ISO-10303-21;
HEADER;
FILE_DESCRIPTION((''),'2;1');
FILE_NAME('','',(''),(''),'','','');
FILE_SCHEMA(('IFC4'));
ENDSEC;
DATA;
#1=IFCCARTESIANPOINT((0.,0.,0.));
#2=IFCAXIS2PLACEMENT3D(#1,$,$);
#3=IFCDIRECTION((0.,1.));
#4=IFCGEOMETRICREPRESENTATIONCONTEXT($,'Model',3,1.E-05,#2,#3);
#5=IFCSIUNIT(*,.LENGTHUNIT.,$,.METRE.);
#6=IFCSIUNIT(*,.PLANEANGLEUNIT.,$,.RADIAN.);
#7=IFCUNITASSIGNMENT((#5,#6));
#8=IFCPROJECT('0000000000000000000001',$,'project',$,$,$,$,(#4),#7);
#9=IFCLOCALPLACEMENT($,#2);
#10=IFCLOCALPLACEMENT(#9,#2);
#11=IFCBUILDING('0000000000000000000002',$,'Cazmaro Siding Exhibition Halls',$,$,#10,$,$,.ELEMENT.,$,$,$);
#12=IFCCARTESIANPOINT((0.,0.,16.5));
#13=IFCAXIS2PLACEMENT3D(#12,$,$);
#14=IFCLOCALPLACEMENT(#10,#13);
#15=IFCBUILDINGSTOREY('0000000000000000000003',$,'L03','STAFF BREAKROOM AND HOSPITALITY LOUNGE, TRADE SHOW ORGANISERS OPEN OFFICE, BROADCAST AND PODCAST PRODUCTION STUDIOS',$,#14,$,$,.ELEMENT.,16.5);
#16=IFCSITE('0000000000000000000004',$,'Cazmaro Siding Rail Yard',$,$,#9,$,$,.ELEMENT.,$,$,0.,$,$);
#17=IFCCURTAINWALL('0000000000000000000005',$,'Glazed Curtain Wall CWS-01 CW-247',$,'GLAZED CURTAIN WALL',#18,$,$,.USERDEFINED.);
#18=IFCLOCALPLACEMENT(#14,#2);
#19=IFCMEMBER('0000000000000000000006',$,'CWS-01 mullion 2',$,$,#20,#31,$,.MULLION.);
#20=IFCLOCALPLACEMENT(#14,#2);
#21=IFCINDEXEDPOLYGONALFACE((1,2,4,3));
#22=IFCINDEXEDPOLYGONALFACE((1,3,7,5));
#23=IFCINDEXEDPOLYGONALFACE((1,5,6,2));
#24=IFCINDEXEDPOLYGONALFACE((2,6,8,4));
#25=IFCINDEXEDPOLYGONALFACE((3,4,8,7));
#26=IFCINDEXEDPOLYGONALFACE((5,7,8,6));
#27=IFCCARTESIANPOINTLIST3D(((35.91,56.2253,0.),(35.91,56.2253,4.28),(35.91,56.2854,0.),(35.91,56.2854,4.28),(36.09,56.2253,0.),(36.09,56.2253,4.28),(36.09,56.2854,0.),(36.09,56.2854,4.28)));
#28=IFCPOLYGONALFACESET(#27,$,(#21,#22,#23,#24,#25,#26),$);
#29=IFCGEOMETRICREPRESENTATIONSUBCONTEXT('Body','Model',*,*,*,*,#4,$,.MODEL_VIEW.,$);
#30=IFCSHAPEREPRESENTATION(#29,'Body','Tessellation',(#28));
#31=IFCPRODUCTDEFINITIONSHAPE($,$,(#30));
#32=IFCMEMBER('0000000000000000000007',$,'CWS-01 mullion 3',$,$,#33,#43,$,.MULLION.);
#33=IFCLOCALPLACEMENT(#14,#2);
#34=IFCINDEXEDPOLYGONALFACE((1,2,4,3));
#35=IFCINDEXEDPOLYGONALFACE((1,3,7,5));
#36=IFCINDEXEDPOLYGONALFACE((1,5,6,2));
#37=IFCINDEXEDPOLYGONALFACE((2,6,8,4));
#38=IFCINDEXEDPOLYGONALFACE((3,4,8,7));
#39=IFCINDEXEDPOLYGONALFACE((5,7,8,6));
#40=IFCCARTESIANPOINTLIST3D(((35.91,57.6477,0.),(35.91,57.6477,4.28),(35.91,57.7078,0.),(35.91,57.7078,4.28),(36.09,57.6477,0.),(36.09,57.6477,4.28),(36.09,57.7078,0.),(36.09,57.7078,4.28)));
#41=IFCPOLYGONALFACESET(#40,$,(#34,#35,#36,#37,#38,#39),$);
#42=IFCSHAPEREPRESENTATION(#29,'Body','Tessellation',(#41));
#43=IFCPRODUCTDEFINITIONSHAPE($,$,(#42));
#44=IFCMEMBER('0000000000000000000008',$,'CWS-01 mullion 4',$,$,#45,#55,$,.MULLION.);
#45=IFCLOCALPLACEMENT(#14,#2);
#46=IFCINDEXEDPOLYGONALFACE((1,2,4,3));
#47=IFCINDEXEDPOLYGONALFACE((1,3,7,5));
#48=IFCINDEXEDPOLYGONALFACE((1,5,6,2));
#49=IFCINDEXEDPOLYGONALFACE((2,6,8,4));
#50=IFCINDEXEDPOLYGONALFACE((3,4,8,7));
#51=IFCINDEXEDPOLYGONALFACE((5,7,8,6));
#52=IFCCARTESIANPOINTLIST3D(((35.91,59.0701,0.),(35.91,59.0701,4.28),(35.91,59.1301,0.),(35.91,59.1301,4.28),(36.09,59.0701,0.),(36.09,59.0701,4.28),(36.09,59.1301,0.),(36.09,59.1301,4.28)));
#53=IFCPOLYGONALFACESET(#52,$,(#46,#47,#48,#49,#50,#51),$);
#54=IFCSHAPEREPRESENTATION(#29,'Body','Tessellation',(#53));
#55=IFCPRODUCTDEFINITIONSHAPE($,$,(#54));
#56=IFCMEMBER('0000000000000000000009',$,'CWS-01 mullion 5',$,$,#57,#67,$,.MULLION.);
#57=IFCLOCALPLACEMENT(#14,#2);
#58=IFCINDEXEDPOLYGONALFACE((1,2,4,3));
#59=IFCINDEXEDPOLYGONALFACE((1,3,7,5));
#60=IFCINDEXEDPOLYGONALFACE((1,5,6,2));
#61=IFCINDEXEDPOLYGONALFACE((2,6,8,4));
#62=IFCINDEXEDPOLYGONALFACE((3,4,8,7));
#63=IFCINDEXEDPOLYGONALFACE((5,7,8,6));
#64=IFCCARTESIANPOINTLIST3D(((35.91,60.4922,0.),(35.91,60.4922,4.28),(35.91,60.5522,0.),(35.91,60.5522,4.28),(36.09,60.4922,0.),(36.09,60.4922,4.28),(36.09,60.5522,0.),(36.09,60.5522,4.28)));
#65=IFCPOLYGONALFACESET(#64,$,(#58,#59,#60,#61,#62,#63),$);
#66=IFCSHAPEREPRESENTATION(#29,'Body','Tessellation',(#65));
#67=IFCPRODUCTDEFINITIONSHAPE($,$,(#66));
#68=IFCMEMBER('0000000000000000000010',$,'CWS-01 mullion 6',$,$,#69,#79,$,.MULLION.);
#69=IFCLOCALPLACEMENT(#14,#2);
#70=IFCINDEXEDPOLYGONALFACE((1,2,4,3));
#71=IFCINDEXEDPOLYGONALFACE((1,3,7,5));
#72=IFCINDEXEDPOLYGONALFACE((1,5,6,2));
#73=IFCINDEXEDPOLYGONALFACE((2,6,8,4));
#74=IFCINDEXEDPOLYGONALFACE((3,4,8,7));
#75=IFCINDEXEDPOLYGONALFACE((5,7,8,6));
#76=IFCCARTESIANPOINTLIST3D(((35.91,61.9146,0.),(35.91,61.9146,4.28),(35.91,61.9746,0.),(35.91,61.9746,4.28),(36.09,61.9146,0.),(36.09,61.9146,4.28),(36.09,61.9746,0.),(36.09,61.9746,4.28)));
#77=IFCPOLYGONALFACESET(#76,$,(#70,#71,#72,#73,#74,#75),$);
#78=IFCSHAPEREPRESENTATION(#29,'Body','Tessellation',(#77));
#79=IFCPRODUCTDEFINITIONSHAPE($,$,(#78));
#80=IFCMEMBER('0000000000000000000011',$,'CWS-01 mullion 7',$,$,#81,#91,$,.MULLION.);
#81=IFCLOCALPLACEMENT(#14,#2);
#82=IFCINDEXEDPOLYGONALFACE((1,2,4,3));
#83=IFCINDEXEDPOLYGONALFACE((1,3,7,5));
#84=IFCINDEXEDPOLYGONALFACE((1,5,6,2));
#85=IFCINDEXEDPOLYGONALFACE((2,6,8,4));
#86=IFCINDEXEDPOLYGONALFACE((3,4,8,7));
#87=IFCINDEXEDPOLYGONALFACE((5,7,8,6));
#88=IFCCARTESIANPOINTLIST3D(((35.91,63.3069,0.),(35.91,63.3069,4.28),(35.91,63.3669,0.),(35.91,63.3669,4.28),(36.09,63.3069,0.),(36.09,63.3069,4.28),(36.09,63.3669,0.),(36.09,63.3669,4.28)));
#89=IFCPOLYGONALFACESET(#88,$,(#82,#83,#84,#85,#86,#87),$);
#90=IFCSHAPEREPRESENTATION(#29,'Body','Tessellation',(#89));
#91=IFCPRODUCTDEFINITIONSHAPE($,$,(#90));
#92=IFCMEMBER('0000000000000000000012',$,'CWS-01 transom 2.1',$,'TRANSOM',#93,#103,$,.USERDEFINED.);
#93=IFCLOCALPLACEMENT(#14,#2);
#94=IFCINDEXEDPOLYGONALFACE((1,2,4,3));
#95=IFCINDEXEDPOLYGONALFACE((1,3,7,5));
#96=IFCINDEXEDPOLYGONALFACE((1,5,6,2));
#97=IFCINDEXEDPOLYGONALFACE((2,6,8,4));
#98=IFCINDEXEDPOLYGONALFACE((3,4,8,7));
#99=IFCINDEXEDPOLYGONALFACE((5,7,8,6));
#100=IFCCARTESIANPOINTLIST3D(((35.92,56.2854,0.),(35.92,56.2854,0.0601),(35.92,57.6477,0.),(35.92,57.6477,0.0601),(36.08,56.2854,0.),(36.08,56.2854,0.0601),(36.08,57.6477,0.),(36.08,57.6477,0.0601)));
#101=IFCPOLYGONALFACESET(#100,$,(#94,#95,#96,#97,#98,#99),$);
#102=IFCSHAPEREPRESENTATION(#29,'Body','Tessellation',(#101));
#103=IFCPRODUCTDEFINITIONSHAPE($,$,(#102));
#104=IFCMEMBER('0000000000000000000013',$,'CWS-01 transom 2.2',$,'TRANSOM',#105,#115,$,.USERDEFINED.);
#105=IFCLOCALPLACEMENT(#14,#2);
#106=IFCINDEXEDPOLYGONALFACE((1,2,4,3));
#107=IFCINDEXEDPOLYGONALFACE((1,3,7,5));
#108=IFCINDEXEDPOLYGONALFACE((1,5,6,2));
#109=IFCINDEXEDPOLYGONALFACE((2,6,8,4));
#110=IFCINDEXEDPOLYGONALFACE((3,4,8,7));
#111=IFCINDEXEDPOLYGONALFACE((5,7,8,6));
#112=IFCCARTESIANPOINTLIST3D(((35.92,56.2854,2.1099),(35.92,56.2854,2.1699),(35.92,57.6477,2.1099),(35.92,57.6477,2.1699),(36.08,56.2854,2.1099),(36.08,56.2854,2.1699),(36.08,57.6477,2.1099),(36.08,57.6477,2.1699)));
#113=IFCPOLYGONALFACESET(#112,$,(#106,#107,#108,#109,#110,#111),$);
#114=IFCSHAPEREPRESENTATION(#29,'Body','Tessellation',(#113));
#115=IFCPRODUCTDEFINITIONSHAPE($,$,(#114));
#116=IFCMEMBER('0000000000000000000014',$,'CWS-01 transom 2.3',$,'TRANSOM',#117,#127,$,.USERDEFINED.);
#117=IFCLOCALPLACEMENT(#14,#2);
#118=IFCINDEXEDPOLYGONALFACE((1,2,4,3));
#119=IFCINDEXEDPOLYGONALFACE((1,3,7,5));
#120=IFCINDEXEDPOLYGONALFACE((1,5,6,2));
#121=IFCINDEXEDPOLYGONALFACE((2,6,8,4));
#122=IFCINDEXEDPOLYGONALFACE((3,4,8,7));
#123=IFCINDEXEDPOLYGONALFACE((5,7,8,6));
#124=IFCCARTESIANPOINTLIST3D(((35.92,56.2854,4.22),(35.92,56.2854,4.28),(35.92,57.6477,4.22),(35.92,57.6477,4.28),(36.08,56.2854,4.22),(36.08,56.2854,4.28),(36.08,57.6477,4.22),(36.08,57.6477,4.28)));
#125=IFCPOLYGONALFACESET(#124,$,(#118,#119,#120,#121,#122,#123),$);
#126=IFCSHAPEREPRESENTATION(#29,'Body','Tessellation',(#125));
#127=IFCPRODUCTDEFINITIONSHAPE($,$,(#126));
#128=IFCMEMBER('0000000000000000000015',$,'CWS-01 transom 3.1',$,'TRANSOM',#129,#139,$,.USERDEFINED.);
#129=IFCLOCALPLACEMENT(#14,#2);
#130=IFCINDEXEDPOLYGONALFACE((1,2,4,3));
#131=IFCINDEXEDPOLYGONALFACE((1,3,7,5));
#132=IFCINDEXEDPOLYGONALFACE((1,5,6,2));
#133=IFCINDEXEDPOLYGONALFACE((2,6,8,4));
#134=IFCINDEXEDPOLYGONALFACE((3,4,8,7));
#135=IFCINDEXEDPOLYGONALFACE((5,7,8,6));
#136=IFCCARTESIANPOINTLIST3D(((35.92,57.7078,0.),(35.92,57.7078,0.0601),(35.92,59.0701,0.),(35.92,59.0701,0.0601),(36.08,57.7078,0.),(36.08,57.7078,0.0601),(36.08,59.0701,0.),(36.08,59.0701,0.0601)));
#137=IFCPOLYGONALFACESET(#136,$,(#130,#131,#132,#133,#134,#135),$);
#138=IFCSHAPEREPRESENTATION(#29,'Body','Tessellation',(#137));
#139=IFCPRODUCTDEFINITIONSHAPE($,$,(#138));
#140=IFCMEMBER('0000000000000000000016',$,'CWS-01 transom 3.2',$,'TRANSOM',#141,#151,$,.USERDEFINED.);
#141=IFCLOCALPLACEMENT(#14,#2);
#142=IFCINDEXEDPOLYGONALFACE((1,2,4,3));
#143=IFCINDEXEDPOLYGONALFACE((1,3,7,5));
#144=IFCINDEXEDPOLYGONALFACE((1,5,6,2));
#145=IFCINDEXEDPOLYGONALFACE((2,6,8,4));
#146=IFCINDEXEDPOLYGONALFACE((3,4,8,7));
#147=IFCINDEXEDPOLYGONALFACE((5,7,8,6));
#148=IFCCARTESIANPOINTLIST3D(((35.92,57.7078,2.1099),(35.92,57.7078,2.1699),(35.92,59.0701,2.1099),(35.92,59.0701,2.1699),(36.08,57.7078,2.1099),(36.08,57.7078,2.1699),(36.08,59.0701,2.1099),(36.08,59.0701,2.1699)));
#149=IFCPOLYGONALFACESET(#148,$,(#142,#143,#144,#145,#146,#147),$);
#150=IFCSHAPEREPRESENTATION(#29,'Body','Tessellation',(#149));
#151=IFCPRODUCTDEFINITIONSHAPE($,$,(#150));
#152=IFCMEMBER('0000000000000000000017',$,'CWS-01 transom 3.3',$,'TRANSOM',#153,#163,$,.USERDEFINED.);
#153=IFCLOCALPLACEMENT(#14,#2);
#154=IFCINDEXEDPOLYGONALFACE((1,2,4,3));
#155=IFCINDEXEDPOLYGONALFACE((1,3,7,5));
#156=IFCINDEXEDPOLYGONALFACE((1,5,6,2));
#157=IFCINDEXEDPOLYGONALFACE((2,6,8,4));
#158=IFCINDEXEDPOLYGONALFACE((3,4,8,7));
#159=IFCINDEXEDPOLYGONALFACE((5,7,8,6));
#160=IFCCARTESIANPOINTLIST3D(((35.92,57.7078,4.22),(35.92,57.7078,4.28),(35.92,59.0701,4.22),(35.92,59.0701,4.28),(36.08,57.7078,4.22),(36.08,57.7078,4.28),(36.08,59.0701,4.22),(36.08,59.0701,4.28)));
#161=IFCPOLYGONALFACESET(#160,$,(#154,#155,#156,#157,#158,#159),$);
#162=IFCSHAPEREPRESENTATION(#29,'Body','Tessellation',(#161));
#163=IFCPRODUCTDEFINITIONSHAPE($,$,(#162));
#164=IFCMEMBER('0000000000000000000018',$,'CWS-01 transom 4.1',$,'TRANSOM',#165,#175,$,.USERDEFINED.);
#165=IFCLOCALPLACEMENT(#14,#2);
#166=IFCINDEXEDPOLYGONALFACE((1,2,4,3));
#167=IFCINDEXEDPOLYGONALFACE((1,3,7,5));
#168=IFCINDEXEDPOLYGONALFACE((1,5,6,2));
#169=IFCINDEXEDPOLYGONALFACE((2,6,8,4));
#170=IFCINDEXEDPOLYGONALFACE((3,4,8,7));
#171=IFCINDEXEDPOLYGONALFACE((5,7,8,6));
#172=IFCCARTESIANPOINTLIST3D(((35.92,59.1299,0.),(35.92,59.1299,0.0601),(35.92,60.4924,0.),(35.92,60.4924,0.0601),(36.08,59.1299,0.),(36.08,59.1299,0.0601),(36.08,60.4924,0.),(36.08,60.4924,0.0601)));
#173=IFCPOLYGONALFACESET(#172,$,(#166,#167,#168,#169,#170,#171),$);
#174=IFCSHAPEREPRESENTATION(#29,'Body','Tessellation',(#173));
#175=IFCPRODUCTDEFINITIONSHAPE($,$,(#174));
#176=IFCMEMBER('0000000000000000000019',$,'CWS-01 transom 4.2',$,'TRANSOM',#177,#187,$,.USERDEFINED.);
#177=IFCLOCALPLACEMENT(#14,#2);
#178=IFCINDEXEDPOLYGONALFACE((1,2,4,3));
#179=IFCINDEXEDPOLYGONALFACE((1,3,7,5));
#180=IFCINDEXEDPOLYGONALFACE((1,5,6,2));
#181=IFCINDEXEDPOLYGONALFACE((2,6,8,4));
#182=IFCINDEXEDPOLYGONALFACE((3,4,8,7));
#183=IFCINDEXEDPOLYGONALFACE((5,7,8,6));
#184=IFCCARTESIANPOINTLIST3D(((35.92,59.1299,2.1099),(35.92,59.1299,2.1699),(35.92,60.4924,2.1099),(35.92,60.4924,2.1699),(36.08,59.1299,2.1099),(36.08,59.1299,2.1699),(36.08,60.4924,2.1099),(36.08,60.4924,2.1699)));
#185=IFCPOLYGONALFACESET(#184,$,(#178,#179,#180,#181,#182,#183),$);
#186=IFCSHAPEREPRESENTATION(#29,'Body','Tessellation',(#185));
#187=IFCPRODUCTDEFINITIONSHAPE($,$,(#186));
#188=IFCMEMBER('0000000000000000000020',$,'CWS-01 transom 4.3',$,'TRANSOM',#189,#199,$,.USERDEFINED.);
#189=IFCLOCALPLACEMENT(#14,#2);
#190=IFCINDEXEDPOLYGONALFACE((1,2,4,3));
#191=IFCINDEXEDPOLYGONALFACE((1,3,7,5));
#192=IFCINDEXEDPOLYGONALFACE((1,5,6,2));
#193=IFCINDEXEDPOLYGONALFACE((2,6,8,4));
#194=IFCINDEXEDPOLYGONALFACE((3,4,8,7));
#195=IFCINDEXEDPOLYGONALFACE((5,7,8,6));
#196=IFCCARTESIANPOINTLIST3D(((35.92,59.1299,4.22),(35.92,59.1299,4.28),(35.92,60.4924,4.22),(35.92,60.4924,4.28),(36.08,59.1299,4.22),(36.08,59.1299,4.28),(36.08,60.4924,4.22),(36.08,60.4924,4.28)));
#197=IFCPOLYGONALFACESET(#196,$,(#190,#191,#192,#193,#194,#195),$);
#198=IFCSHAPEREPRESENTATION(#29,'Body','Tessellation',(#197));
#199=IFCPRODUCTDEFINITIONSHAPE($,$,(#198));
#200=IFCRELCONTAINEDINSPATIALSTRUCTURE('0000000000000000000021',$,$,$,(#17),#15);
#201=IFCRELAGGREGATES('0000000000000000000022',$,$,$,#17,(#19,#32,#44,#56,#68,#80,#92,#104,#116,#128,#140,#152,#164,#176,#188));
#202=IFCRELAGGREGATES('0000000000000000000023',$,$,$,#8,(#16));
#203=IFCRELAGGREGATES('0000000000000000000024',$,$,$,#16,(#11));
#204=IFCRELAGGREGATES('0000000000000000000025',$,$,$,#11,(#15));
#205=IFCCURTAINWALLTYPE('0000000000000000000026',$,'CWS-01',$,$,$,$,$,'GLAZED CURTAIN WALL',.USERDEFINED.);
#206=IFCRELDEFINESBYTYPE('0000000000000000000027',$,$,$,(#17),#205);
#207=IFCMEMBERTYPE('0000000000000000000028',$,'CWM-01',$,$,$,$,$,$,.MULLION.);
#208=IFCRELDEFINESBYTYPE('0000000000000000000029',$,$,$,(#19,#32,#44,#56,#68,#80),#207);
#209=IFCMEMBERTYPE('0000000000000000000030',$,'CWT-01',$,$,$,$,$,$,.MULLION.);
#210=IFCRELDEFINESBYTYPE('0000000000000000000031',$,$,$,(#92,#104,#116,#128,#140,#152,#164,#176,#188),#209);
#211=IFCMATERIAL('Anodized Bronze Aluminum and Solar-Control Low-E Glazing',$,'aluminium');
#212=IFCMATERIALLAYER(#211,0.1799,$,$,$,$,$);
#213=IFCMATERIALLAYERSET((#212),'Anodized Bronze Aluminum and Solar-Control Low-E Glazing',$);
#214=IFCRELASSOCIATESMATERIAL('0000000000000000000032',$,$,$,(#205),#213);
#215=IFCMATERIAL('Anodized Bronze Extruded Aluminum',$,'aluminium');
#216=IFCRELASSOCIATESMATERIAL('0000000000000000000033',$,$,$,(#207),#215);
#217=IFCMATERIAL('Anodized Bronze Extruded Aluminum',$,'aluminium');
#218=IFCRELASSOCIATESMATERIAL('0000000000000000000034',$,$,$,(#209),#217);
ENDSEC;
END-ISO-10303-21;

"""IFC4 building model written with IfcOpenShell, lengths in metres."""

from ifc_helpers import new_model, si_unit, direction, frame, origin, origin_2d, place, context, subcontext, project, spatial, rectangle, extrude, material, layer, layer_set, material_profile, profile_set, type_object, element, aggregate, save


model = new_model("IFC4")

# Units and contexts
model_context = context("Model", 3, precision=1e-05, world=origin(), true_north=direction((0.0, 1.0)))
body_context = subcontext(model_context, "Body", "Model", "MODEL_VIEW")
ifc_project = project(units=[si_unit("LENGTHUNIT", "METRE"), si_unit("PLANEANGLEUNIT", "RADIAN")], contexts=[model_context])

# Site, building, storey
site_placement = place(None, origin())
site = spatial("IfcSite", under=ifc_project, at=site_placement, Name="Cazmaro Siding Rail Yard", CompositionType="ELEMENT", RefElevation=0.0)
building_placement = place(site_placement, origin())
building = spatial("IfcBuilding", under=site, at=building_placement, Name="Cazmaro Siding Exhibition Halls", CompositionType="ELEMENT")
storey_placement = place(building_placement, frame((0.0, 0.0, 16.5)))
storey = spatial("IfcBuildingStorey", under=building, at=storey_placement, Name="L03", Description="STAFF BREAKROOM AND HOSPITALITY LOUNGE, TRADE SHOW ORGANISERS OPEN OFFICE, BROADCAST AND PODCAST PRODUCTION STUDIOS", CompositionType="ELEMENT", Elevation=16.5)

# Curtain wall, members
ifc_material_1 = material(Name="Anodized Bronze Aluminum and Solar-Control Low-E Glazing", Category="aluminium")
ifc_layer_1 = layer(ifc_material_1, 0.1799)
ifc_layer_set_1 = layer_set([ifc_layer_1], Name="Anodized Bronze Aluminum and Solar-Control Low-E Glazing")
curtain_wall_type = type_object("IfcCurtainWallType", Name="CWS-01", ElementType="GLAZED CURTAIN WALL", PredefinedType="USERDEFINED", material=ifc_layer_set_1)
curtain_wall_placement = place(storey_placement, origin())
curtain_wall = element("IfcCurtainWall", 1, at=curtain_wall_placement, inside=storey, type_object=curtain_wall_type, Name="Glazed Curtain Wall CWS-01 CW-247", ObjectType="GLAZED CURTAIN WALL", PredefinedType="USERDEFINED")
ifc_material_2 = material(Name="Anodized Bronze Extruded Aluminum", Category="aluminium")
ifc_material_profile_1 = material_profile(ifc_material_2, rectangle(XDim=0.1799, YDim=0.0601, at=origin_2d()), Name="CWM-01")
ifc_profile_set_1 = profile_set([ifc_material_profile_1], Name="Anodized Bronze Extruded Aluminum")
member_type_1 = type_object("IfcMemberType", Name="CWM-01", PredefinedType="MULLION", material=ifc_profile_set_1)
member_1_placement = place(storey_placement, frame((36.0, 56.2554, 0.0), z_axis=(0.0, 0.0, 1.0), x_axis=(-1.0, 0.0, 0.0)))
member_1 = element("IfcMember", 2, at=member_1_placement, type_object=member_type_1, Name="CWS-01 mullion 2", PredefinedType="MULLION", context=body_context, shape_type="SweptSolid", body=[
    extrude(rectangle(XDim=0.1799, YDim=0.0601, at=origin_2d()), origin(), (0.0, 0.0, 1.0), 4.28),
])
member_2_placement = place(storey_placement, frame((36.0, 57.6777, 0.0), z_axis=(0.0, 0.0, 1.0), x_axis=(-1.0, 0.0, 0.0)))
member_2 = element("IfcMember", 3, at=member_2_placement, type_object=member_type_1, Name="CWS-01 mullion 3", PredefinedType="MULLION", context=body_context, shape_type="SweptSolid", body=[
    extrude(rectangle(XDim=0.1799, YDim=0.0601, at=origin_2d()), origin(), (0.0, 0.0, 1.0), 4.28),
])
member_3_placement = place(storey_placement, frame((36.0, 59.1001, 0.0), z_axis=(0.0, 0.0, 1.0), x_axis=(-1.0, 0.0, 0.0)))
member_3 = element("IfcMember", 4, at=member_3_placement, type_object=member_type_1, Name="CWS-01 mullion 4", PredefinedType="MULLION", context=body_context, shape_type="SweptSolid", body=[
    extrude(rectangle(XDim=0.1799, YDim=0.0601, at=origin_2d()), origin(), (0.0, 0.0, 1.0), 4.28),
])
member_4_placement = place(storey_placement, frame((36.0, 60.5222, 0.0), z_axis=(0.0, 0.0, 1.0), x_axis=(-1.0, 0.0, 0.0)))
member_4 = element("IfcMember", 5, at=member_4_placement, type_object=member_type_1, Name="CWS-01 mullion 5", PredefinedType="MULLION", context=body_context, shape_type="SweptSolid", body=[
    extrude(rectangle(XDim=0.1799, YDim=0.0601, at=origin_2d()), origin(), (0.0, 0.0, 1.0), 4.28),
])
member_5_placement = place(storey_placement, frame((36.0, 61.9446, 0.0), z_axis=(0.0, 0.0, 1.0), x_axis=(-1.0, 0.0, 0.0)))
member_5 = element("IfcMember", 6, at=member_5_placement, type_object=member_type_1, Name="CWS-01 mullion 6", PredefinedType="MULLION", context=body_context, shape_type="SweptSolid", body=[
    extrude(rectangle(XDim=0.1799, YDim=0.0601, at=origin_2d()), origin(), (0.0, 0.0, 1.0), 4.28),
])
member_6_placement = place(storey_placement, frame((36.0, 63.3369, 0.0), z_axis=(0.0, 0.0, 1.0), x_axis=(-1.0, 0.0, 0.0)))
member_6 = element("IfcMember", 7, at=member_6_placement, type_object=member_type_1, Name="CWS-01 mullion 7", PredefinedType="MULLION", context=body_context, shape_type="SweptSolid", body=[
    extrude(rectangle(XDim=0.1799, YDim=0.0601, at=origin_2d()), origin(), (0.0, 0.0, 1.0), 4.28),
])
ifc_material_3 = material(Name="Anodized Bronze Extruded Aluminum", Category="aluminium")
ifc_material_profile_2 = material_profile(ifc_material_3, rectangle(XDim=0.1599, YDim=0.0601, at=origin_2d()), Name="CWT-01")
ifc_profile_set_2 = profile_set([ifc_material_profile_2], Name="Anodized Bronze Extruded Aluminum")
member_type_2 = type_object("IfcMemberType", Name="CWT-01", PredefinedType="MULLION", material=ifc_profile_set_2)
member_7_placement = place(storey_placement, frame((36.0, 56.2854, 0.03), z_axis=(0.0, 1.0, 0.0), x_axis=(-1.0, 0.0, 0.0)))
member_7 = element("IfcMember", 8, at=member_7_placement, type_object=member_type_2, Name="CWS-01 transom 2.1", ObjectType="TRANSOM", PredefinedType="USERDEFINED", context=body_context, shape_type="SweptSolid", body=[
    extrude(rectangle(XDim=0.1599, YDim=0.0601, at=origin_2d()), origin(), (0.0, 0.0, 1.0), 1.3623),
])
member_8_placement = place(storey_placement, frame((36.0, 56.2854, 2.1399), z_axis=(0.0, 1.0, 0.0), x_axis=(-1.0, 0.0, 0.0)))
member_8 = element("IfcMember", 9, at=member_8_placement, type_object=member_type_2, Name="CWS-01 transom 2.2", ObjectType="TRANSOM", PredefinedType="USERDEFINED", context=body_context, shape_type="SweptSolid", body=[
    extrude(rectangle(XDim=0.1599, YDim=0.0601, at=origin_2d()), origin(), (0.0, 0.0, 1.0), 1.3623),
])
member_9_placement = place(storey_placement, frame((36.0, 56.2854, 4.25), z_axis=(0.0, 1.0, 0.0), x_axis=(-1.0, 0.0, 0.0)))
member_9 = element("IfcMember", 10, at=member_9_placement, type_object=member_type_2, Name="CWS-01 transom 2.3", ObjectType="TRANSOM", PredefinedType="USERDEFINED", context=body_context, shape_type="SweptSolid", body=[
    extrude(rectangle(XDim=0.1599, YDim=0.0601, at=origin_2d()), origin(), (0.0, 0.0, 1.0), 1.3623),
])
member_10_placement = place(storey_placement, frame((36.0, 57.7078, 0.03), z_axis=(0.0, 1.0, 0.0), x_axis=(-1.0, 0.0, 0.0)))
member_10 = element("IfcMember", 11, at=member_10_placement, type_object=member_type_2, Name="CWS-01 transom 3.1", ObjectType="TRANSOM", PredefinedType="USERDEFINED", context=body_context, shape_type="SweptSolid", body=[
    extrude(rectangle(XDim=0.1599, YDim=0.0601, at=origin_2d()), origin(), (0.0, 0.0, 1.0), 1.3623),
])
member_11_placement = place(storey_placement, frame((36.0, 57.7078, 2.1399), z_axis=(0.0, 1.0, 0.0), x_axis=(-1.0, 0.0, 0.0)))
member_11 = element("IfcMember", 12, at=member_11_placement, type_object=member_type_2, Name="CWS-01 transom 3.2", ObjectType="TRANSOM", PredefinedType="USERDEFINED", context=body_context, shape_type="SweptSolid", body=[
    extrude(rectangle(XDim=0.1599, YDim=0.0601, at=origin_2d()), origin(), (0.0, 0.0, 1.0), 1.3623),
])
member_12_placement = place(storey_placement, frame((36.0, 57.7078, 4.25), z_axis=(0.0, 1.0, 0.0), x_axis=(-1.0, 0.0, 0.0)))
member_12 = element("IfcMember", 13, at=member_12_placement, type_object=member_type_2, Name="CWS-01 transom 3.3", ObjectType="TRANSOM", PredefinedType="USERDEFINED", context=body_context, shape_type="SweptSolid", body=[
    extrude(rectangle(XDim=0.1599, YDim=0.0601, at=origin_2d()), origin(), (0.0, 0.0, 1.0), 1.3623),
])
member_13_placement = place(storey_placement, frame((36.0, 59.1299, 0.03), z_axis=(0.0, 1.0, 0.0), x_axis=(-1.0, 0.0, 0.0)))
member_13 = element("IfcMember", 14, at=member_13_placement, type_object=member_type_2, Name="CWS-01 transom 4.1", ObjectType="TRANSOM", PredefinedType="USERDEFINED", context=body_context, shape_type="SweptSolid", body=[
    extrude(rectangle(XDim=0.1599, YDim=0.0601, at=origin_2d()), origin(), (0.0, 0.0, 1.0), 1.3625),
])
member_14_placement = place(storey_placement, frame((36.0, 59.1299, 2.1399), z_axis=(0.0, 1.0, 0.0), x_axis=(-1.0, 0.0, 0.0)))
member_14 = element("IfcMember", 15, at=member_14_placement, type_object=member_type_2, Name="CWS-01 transom 4.2", ObjectType="TRANSOM", PredefinedType="USERDEFINED", context=body_context, shape_type="SweptSolid", body=[
    extrude(rectangle(XDim=0.1599, YDim=0.0601, at=origin_2d()), origin(), (0.0, 0.0, 1.0), 1.3625),
])
member_15_placement = place(storey_placement, frame((36.0, 59.1299, 4.25), z_axis=(0.0, 1.0, 0.0), x_axis=(-1.0, 0.0, 0.0)))
member_15 = element("IfcMember", 16, at=member_15_placement, type_object=member_type_2, Name="CWS-01 transom 4.3", ObjectType="TRANSOM", PredefinedType="USERDEFINED", context=body_context, shape_type="SweptSolid", body=[
    extrude(rectangle(XDim=0.1599, YDim=0.0601, at=origin_2d()), origin(), (0.0, 0.0, 1.0), 1.3625),
])
aggregate(curtain_wall, [member_1, member_2, member_3, member_4, member_5, member_6, member_7, member_8, member_9, member_10, member_11, member_12, member_13, member_14, member_15])

save(model, "model.ifc")
